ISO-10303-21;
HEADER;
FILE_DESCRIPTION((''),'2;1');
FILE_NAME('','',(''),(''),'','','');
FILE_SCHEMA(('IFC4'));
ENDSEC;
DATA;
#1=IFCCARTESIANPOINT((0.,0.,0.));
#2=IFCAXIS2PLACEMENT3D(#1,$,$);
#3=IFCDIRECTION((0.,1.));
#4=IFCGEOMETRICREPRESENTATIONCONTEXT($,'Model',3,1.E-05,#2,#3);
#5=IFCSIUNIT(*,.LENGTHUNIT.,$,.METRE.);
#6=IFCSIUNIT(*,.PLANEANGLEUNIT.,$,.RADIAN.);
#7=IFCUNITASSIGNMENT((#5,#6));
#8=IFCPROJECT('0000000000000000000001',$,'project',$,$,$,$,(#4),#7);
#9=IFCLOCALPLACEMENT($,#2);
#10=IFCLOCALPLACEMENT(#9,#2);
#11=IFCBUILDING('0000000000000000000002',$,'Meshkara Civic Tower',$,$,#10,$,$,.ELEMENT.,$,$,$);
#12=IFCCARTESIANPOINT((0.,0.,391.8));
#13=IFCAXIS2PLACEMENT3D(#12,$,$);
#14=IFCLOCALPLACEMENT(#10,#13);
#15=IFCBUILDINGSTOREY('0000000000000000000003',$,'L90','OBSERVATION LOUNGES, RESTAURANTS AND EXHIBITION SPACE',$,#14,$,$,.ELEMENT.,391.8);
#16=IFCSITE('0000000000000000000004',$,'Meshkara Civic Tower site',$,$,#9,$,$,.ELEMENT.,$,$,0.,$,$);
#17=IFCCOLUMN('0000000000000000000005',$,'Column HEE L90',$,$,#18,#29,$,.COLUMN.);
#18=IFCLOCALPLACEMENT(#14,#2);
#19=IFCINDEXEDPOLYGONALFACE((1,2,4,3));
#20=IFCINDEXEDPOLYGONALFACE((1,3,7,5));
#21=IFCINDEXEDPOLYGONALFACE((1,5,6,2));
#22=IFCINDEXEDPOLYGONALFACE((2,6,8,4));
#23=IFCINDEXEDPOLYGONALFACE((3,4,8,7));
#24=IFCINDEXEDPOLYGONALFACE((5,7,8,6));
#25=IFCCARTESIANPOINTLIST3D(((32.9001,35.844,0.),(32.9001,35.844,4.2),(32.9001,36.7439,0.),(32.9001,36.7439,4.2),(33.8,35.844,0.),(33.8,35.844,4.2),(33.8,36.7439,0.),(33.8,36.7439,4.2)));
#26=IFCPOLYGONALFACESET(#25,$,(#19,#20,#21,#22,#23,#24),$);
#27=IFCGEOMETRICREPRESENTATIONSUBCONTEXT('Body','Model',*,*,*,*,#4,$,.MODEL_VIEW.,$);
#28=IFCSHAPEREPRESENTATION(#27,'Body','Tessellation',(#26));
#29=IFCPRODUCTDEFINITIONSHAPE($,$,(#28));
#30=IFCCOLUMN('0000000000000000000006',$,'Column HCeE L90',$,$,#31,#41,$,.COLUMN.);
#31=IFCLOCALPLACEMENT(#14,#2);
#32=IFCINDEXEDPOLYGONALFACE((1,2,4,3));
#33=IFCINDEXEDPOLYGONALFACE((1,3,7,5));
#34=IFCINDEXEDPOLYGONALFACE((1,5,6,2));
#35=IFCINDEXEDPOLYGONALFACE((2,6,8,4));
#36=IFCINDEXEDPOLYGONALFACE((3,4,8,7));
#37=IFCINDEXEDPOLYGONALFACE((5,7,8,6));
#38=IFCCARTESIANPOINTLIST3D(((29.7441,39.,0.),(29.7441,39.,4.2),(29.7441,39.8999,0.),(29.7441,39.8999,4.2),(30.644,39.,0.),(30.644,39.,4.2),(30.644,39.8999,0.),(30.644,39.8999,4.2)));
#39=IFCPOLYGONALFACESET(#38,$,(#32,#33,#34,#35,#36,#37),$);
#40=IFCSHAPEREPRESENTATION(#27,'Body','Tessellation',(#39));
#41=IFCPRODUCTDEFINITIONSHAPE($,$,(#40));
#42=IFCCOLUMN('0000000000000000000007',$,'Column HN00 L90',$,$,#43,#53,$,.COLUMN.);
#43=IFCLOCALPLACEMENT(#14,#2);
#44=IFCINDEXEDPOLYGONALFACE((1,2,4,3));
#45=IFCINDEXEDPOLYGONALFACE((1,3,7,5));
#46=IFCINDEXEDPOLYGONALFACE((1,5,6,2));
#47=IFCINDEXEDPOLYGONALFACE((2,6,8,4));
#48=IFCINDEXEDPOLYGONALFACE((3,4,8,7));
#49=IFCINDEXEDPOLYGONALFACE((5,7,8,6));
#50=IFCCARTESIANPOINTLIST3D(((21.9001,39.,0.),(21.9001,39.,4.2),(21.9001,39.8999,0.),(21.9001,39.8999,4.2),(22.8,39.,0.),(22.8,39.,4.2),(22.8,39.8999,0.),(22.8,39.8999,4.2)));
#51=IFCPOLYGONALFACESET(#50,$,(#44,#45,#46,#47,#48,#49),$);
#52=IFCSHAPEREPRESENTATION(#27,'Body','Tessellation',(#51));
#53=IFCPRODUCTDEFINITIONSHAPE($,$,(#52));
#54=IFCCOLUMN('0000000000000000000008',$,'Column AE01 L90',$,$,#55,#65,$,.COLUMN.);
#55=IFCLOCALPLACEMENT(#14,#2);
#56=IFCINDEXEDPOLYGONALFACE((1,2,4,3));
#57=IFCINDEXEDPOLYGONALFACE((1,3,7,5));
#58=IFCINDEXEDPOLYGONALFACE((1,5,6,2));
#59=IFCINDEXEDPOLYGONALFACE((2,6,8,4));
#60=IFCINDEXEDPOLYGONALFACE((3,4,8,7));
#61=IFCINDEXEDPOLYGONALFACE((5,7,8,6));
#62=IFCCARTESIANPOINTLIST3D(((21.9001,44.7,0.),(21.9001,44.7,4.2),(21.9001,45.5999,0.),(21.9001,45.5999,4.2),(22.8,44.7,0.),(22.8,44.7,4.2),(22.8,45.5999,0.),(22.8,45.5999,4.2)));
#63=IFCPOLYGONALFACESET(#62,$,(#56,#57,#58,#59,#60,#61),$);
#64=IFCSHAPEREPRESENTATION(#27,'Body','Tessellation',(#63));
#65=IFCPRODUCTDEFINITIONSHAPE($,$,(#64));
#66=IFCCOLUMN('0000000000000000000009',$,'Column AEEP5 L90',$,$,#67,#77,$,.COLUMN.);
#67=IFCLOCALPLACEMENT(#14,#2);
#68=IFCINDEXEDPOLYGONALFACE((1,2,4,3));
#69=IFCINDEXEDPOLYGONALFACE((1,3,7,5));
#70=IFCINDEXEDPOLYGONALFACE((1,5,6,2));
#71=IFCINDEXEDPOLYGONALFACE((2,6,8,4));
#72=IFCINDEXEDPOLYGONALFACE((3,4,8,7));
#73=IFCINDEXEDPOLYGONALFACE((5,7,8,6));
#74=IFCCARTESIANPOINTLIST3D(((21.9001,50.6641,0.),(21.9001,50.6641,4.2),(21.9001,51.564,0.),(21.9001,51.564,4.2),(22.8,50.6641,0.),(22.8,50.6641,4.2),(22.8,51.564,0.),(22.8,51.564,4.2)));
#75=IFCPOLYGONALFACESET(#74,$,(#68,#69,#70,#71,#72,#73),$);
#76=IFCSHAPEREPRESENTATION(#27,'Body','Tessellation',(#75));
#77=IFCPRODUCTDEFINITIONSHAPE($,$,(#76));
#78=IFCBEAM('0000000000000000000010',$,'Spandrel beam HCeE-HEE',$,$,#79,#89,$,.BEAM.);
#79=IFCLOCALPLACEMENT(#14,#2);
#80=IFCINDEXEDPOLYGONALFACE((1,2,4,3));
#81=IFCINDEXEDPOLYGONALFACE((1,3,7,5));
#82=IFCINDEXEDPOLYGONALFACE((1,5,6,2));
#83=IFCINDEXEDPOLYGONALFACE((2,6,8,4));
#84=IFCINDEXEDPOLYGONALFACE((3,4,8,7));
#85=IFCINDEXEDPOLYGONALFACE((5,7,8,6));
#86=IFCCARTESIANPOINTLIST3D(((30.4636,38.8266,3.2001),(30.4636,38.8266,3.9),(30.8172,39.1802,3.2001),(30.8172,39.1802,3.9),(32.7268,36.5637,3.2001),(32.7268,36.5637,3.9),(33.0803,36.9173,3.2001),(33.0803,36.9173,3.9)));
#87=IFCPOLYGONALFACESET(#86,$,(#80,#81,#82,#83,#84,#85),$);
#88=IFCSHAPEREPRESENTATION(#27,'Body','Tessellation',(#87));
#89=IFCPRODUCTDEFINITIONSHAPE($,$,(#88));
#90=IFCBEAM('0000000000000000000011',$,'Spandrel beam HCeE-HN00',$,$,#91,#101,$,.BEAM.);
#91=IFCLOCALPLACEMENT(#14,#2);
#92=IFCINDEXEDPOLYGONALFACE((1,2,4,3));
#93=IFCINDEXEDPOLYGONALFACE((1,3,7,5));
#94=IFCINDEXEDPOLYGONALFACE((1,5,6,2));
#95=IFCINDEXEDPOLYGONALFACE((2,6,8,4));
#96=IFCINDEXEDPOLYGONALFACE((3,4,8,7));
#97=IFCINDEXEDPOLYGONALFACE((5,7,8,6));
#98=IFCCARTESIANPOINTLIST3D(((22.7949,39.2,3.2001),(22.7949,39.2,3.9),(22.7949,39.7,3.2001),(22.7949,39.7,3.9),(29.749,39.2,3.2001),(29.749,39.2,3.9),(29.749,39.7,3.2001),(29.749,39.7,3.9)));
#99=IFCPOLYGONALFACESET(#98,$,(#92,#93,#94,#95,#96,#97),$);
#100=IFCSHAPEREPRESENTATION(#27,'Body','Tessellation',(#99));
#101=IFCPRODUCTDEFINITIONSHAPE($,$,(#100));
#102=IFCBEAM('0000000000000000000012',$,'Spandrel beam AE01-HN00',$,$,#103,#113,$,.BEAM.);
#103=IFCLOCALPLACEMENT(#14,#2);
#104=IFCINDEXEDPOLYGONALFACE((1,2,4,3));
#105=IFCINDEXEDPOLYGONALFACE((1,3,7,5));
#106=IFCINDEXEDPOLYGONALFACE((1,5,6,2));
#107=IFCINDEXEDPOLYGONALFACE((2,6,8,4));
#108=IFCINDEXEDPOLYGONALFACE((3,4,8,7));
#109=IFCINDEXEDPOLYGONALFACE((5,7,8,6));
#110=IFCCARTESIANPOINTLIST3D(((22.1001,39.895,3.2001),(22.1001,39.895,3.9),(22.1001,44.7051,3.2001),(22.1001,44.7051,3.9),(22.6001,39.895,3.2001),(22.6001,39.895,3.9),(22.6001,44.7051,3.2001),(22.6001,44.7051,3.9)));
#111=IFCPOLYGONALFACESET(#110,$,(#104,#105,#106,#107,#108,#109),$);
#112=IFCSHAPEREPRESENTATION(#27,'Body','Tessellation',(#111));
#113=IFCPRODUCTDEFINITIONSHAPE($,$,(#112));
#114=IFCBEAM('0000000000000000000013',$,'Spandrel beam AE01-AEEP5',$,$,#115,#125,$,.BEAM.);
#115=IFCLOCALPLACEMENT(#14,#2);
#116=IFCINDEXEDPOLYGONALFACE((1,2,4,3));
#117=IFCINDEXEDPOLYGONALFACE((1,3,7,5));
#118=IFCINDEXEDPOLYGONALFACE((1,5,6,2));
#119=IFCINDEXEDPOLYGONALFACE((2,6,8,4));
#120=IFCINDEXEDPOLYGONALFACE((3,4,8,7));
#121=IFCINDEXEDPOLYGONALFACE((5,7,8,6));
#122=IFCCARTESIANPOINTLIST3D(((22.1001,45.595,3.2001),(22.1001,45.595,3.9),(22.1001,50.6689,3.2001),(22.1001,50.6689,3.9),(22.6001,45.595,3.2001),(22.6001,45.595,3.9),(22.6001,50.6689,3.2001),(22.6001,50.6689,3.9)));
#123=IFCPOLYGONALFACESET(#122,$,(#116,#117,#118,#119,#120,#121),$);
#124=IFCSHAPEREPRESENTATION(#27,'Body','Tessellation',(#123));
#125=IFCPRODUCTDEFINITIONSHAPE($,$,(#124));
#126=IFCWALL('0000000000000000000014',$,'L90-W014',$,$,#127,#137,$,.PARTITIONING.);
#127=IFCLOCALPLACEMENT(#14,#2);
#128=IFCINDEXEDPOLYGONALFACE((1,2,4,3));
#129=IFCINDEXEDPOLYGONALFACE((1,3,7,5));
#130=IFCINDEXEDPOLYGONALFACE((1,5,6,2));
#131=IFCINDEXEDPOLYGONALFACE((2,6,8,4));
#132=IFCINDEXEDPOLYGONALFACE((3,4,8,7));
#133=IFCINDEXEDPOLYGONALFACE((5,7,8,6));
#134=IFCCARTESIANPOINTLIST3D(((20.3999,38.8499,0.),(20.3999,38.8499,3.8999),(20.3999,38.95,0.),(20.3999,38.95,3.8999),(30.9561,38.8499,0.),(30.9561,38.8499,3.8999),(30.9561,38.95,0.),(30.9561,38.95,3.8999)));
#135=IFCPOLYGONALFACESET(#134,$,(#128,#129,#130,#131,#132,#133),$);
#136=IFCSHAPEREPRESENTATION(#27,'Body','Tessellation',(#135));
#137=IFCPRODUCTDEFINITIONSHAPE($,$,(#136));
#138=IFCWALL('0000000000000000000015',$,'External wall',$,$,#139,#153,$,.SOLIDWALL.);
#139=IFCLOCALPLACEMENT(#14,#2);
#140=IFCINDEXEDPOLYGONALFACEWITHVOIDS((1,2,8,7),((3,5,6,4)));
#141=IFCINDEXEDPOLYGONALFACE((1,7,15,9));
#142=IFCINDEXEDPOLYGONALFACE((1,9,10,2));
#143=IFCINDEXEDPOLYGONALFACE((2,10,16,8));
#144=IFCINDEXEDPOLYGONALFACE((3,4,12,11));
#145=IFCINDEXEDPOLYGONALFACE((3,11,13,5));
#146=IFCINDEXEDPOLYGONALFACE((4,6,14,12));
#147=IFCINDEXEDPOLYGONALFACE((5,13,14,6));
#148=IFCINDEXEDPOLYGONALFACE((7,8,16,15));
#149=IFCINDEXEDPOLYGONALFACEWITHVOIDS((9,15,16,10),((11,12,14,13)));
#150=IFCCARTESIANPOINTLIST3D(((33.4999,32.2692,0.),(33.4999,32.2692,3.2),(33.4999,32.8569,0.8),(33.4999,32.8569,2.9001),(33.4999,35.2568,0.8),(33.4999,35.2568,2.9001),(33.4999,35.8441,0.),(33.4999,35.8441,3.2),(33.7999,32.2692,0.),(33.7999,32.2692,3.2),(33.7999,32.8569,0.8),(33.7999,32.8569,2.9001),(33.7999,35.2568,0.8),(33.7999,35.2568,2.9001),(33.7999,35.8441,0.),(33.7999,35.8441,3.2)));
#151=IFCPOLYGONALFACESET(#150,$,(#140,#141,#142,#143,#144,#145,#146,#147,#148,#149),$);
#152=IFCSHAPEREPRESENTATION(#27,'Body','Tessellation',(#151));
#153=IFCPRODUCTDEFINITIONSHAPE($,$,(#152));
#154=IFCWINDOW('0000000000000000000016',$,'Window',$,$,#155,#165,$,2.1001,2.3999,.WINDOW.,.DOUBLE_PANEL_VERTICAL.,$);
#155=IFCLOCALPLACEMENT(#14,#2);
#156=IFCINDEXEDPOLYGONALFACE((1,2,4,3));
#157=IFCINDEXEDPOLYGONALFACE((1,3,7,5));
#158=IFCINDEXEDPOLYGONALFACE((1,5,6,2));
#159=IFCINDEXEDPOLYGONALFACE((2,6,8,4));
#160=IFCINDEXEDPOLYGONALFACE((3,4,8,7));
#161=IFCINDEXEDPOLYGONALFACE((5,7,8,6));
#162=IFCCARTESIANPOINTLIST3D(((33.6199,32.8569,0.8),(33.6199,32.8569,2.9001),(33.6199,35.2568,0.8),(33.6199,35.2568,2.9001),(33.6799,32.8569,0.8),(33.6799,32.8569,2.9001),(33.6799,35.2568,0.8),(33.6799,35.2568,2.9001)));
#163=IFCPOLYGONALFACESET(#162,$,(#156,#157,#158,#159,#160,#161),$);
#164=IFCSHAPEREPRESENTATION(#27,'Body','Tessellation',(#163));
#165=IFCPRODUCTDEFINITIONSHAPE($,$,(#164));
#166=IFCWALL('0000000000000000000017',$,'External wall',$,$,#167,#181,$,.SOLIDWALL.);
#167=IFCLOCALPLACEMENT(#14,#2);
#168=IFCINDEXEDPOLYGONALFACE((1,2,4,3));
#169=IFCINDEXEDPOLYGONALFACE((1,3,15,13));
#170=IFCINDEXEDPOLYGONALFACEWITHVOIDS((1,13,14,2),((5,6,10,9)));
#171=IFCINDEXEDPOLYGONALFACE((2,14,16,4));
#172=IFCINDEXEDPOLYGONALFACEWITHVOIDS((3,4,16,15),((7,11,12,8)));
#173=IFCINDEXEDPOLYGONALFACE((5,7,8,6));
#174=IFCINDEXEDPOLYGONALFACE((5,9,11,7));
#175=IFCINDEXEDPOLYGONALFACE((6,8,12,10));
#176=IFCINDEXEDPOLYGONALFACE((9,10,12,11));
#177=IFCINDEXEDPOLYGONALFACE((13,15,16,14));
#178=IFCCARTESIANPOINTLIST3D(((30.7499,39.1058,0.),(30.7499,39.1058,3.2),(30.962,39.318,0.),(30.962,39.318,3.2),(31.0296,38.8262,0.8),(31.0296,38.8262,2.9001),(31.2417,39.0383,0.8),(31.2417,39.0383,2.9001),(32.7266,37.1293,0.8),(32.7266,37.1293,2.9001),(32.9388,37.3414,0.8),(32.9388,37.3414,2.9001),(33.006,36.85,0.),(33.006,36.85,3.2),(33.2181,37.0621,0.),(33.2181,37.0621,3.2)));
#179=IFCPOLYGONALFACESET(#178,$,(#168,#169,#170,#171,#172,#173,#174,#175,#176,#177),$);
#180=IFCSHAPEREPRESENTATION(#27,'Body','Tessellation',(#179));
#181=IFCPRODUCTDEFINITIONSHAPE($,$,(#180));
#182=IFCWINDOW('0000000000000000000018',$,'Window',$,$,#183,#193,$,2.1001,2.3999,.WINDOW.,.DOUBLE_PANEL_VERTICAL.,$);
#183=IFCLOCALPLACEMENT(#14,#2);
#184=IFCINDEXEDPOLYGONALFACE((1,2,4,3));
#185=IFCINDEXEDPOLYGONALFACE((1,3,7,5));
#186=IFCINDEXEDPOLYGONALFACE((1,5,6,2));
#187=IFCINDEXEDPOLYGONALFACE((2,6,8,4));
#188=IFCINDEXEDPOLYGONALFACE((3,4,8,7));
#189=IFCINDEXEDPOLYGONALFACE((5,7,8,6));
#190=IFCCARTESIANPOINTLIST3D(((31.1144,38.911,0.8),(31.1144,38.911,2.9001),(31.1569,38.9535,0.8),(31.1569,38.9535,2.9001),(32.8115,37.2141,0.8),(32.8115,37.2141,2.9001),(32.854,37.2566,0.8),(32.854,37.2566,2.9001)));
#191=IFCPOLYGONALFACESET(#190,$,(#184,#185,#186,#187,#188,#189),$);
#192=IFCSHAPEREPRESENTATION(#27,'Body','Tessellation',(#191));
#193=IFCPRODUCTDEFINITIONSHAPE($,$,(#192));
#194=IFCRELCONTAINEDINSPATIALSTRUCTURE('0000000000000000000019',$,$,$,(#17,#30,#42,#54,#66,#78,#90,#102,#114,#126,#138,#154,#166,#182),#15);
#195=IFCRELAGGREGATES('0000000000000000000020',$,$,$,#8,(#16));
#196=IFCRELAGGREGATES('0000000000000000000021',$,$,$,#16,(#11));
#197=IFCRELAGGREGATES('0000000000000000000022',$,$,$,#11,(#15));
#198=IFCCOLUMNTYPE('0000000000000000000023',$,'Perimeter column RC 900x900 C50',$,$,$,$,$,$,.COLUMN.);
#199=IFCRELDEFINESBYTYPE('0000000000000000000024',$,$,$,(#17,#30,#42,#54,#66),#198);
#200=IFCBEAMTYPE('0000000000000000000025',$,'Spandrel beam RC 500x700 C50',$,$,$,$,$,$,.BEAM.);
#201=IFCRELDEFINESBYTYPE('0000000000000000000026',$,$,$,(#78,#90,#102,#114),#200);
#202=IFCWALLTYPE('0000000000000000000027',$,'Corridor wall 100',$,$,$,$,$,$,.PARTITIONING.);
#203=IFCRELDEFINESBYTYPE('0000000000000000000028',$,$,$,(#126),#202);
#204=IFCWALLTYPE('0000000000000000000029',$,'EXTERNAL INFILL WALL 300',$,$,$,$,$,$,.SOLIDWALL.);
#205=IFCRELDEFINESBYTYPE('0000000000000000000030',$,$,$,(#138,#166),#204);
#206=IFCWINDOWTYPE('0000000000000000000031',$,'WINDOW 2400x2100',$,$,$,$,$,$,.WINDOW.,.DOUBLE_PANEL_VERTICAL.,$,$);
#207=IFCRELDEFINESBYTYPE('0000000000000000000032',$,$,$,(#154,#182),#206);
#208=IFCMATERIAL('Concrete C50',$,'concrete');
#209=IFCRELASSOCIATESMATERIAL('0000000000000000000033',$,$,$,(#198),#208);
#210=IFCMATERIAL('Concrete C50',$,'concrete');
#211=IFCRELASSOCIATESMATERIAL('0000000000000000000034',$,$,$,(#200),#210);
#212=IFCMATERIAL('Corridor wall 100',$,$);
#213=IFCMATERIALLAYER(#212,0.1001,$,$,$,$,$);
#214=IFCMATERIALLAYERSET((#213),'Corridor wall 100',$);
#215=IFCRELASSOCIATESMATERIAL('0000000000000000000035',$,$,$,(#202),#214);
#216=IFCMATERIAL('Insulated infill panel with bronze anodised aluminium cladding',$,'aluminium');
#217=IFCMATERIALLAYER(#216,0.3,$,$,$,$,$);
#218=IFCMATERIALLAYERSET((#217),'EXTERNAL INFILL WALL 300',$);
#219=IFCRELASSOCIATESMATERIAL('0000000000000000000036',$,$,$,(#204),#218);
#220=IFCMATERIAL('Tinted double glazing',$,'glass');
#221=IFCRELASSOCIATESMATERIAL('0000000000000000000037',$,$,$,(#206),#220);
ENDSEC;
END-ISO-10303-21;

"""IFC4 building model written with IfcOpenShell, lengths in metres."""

from ifc_helpers import new_model, si_unit, direction, frame, frame_2d, origin, origin_2d, place, context, subcontext, project, spatial, rectangle, extrude, material, layer, layer_set, material_profile, profile_set, type_object, element, fill, save


model = new_model("IFC4")

# Units and contexts
model_context = context("Model", 3, precision=1e-05, world=origin(), true_north=direction((0.0, 1.0)))
body_context = subcontext(model_context, "Body", "Model", "MODEL_VIEW")
ifc_project = project(units=[si_unit("LENGTHUNIT", "METRE"), si_unit("PLANEANGLEUNIT", "RADIAN")], contexts=[model_context])

# Site, building, storey
site_placement = place(None, origin())
site = spatial("IfcSite", under=ifc_project, at=site_placement, Name="Meshkara Civic Tower site", CompositionType="ELEMENT", RefElevation=0.0)
building_placement = place(site_placement, origin())
building = spatial("IfcBuilding", under=site, at=building_placement, Name="Meshkara Civic Tower", CompositionType="ELEMENT")
storey_placement = place(building_placement, frame((0.0, 0.0, 391.8)))
storey = spatial("IfcBuildingStorey", under=building, at=storey_placement, Name="L90", Description="OBSERVATION LOUNGES, RESTAURANTS AND EXHIBITION SPACE", CompositionType="ELEMENT", Elevation=391.8)

# Columns
ifc_material_1 = material(Name="Concrete C50", Category="concrete")
ifc_material_profile_1 = material_profile(ifc_material_1, rectangle(XDim=0.8999, YDim=0.8999, at=origin_2d()))
ifc_profile_set_1 = profile_set([ifc_material_profile_1], Name="Concrete C50")
column_type = type_object("IfcColumnType", Name="Perimeter column RC 900x900 C50", PredefinedType="COLUMN", material=ifc_profile_set_1)
for number, where, z_axis, x_axis, name in (
    (1, (33.3501, 36.2939, 0.0), (0.0, 0.0, 1.0), (1.0, 0.0, 0.0), "Column HEE L90"),
    (2, (30.1941, 39.45, 0.0), (0.0, 0.0, 1.0), (1.0, 0.0, 0.0), "Column HCeE L90"),
    (3, (22.3501, 39.45, 0.0), (0.0, 0.0, 1.0), (1.0, 0.0, 0.0), "Column HN00 L90"),
    (4, (22.3501, 45.1499, 0.0), (0.0, 0.0, 1.0), (1.0, 0.0, 0.0), "Column AE01 L90"),
    (5, (22.3501, 51.114, 0.0), (0.0, 0.0, 1.0), (1.0, 0.0, 0.0), "Column AEEP5 L90"),
):
    element("IfcColumn", number, at=place(storey_placement, frame(where, z_axis=z_axis, x_axis=x_axis)), inside=storey, type_object=column_type, Name=name, PredefinedType="COLUMN", context=body_context, shape_type="SweptSolid", body=[
        extrude(rectangle(XDim=0.8999, YDim=0.8999, at=origin_2d()), origin(), (0.0, 0.0, 1.0), 4.2),
    ])

# Beams
ifc_material_2 = material(Name="Concrete C50", Category="concrete")
ifc_material_profile_2 = material_profile(ifc_material_2, rectangle(XDim=0.5, YDim=0.7, at=origin_2d()))
ifc_profile_set_2 = profile_set([ifc_material_profile_2], Name="Concrete C50")
beam_type = type_object("IfcBeamType", Name="Spandrel beam RC 500x700 C50", PredefinedType="BEAM", material=ifc_profile_set_2)
beam_1_placement = place(storey_placement, frame((32.9036, 36.7405, 3.55), z_axis=(-0.707145, 0.707069, 0.0), x_axis=(-0.707069, -0.707145, 0.0)))
element("IfcBeam", 6, at=beam_1_placement, inside=storey, type_object=beam_type, Name="Spandrel beam HCeE-HEE", PredefinedType="BEAM", context=body_context, shape_type="SweptSolid", body=[
    extrude(rectangle(XDim=0.5, YDim=0.7, at=origin_2d()), origin(), (0.0, 0.0, 1.0), 3.2004),
])
beam_2_placement = place(storey_placement, frame((29.749, 39.45, 3.55), z_axis=(-1.0, 0.0, 0.0), x_axis=(0.0, -1.0, 0.0)))
element("IfcBeam", 7, at=beam_2_placement, inside=storey, type_object=beam_type, Name="Spandrel beam HCeE-HN00", PredefinedType="BEAM", context=body_context, shape_type="SweptSolid", body=[
    extrude(rectangle(XDim=0.5, YDim=0.7, at=origin_2d()), origin(), (0.0, 0.0, 1.0), 6.9541),
])
beam_3_placement = place(storey_placement, frame((22.3501, 39.895, 3.55), z_axis=(0.0, 1.0, 0.0), x_axis=(-1.0, 0.0, 0.0)))
element("IfcBeam", 8, at=beam_3_placement, inside=storey, type_object=beam_type, Name="Spandrel beam AE01-HN00", PredefinedType="BEAM", context=body_context, shape_type="SweptSolid", body=[
    extrude(rectangle(XDim=0.5, YDim=0.7, at=origin_2d()), origin(), (0.0, 0.0, 1.0), 4.8101),
])
beam_4_placement = place(storey_placement, frame((22.3501, 45.595, 3.55), z_axis=(0.0, 1.0, 0.0), x_axis=(-1.0, 0.0, 0.0)))
element("IfcBeam", 9, at=beam_4_placement, inside=storey, type_object=beam_type, Name="Spandrel beam AE01-AEEP5", PredefinedType="BEAM", context=body_context, shape_type="SweptSolid", body=[
    extrude(rectangle(XDim=0.5, YDim=0.7, at=origin_2d()), origin(), (0.0, 0.0, 1.0), 5.074),
])

# Wall
ifc_material_3 = material(Name="Corridor wall 100")
ifc_layer_1 = layer(ifc_material_3, 0.1001)
ifc_layer_set_1 = layer_set([ifc_layer_1], Name="Corridor wall 100")
wall_type_1 = type_object("IfcWallType", Name="Corridor wall 100", PredefinedType="PARTITIONING", material=ifc_layer_set_1)
wall_1_placement = place(storey_placement, frame((30.9561, 38.8999, 0.0), z_axis=(0.0, 0.0, 1.0), x_axis=(-1.0, 0.0, 0.0)))
element("IfcWall", 10, at=wall_1_placement, inside=storey, type_object=wall_type_1, Name="L90-W014", PredefinedType="PARTITIONING", context=body_context, shape_type="SweptSolid", body=[
    extrude(rectangle(XDim=10.5562, YDim=0.1001, at=frame_2d((5.2781, 0.0))), origin(), (0.0, 0.0, 1.0), 3.8999),
])

# Walls, openings, windows
ifc_material_4 = material(Name="Insulated infill panel with bronze anodised aluminium cladding", Category="aluminium")
ifc_layer_2 = layer(ifc_material_4, 0.3)
ifc_layer_set_2 = layer_set([ifc_layer_2], Name="EXTERNAL INFILL WALL 300")
wall_type_2 = type_object("IfcWallType", Name="EXTERNAL INFILL WALL 300", PredefinedType="SOLIDWALL", material=ifc_layer_set_2)
wall_2_placement = place(storey_placement, frame((33.6499, 32.269, 0.0), z_axis=(0.0, 0.0, 1.0), x_axis=(0.0, 1.0, 0.0)))
wall_2 = element("IfcWall", 11, at=wall_2_placement, inside=storey, type_object=wall_type_2, Name="External wall", PredefinedType="SOLIDWALL", context=body_context, shape_type="SweptSolid", body=[
    extrude(rectangle(XDim=3.575, YDim=0.3, at=frame_2d((1.7876, 0.0))), origin(), (0.0, 0.0, 1.0), 3.2),
])
opening_1_placement = place(wall_2_placement, frame((0.5879, 0.0, 0.8)))
opening_1 = element("IfcOpeningElement", 12, at=opening_1_placement, cuts=wall_2, PredefinedType="OPENING", context=body_context, shape_type="SweptSolid", body=[
    extrude(rectangle(XDim=2.3999, YDim=2.1001, at=frame_2d((1.2, 1.05))), frame((0.0, 0.1599, 0.0), z_axis=(0.0, -1.0, 0.0), x_axis=(1.0, 0.0, 0.0)), (0.0, 0.0, 1.0), 0.3201),
])
ifc_material_5 = material(Name="Tinted double glazing", Category="glass")
window_type = type_object("IfcWindowType", Name="WINDOW 2400x2100", PartitioningType="DOUBLE_PANEL_VERTICAL", PredefinedType="WINDOW", material=ifc_material_5)
window_1_placement = place(opening_1_placement, origin())
window_1 = element("IfcWindow", 13, at=window_1_placement, inside=storey, type_object=window_type, Name="Window", OverallHeight=2.1001, OverallWidth=2.3999, PartitioningType="DOUBLE_PANEL_VERTICAL", PredefinedType="WINDOW", context=body_context, shape_type="SweptSolid", body=[
    extrude(rectangle(XDim=2.3999, YDim=2.1001, at=frame_2d((1.2, 1.05))), frame((0.0, 0.03, 0.0), z_axis=(0.0, -1.0, 0.0), x_axis=(1.0, 0.0, 0.0)), (0.0, 0.0, 1.0), 0.0601),
])
fill(opening_1, window_1)
wall_3_placement = place(storey_placement, frame((33.1121, 36.9561, 0.0), z_axis=(0.0, 0.0, 1.0), x_axis=(-0.707145, 0.707069, 0.0)))
wall_3 = element("IfcWall", 14, at=wall_3_placement, inside=storey, type_object=wall_type_2, Name="External wall", PredefinedType="SOLIDWALL", context=body_context, shape_type="SweptSolid", body=[
    extrude(rectangle(XDim=3.1904, YDim=0.3, at=frame_2d((1.5952, 0.0))), origin(), (0.0, 0.0, 1.0), 3.2),
])
opening_2_placement = place(wall_3_placement, frame((0.395, 0.0, 0.8)))
opening_2 = element("IfcOpeningElement", 15, at=opening_2_placement, cuts=wall_3, PredefinedType="OPENING", context=body_context, shape_type="SweptSolid", body=[
    extrude(rectangle(XDim=2.3999, YDim=2.1001, at=frame_2d((1.2, 1.05))), frame((0.0, 0.1599, 0.0), z_axis=(0.0, -1.0, 0.0), x_axis=(1.0, 0.0, 0.0)), (0.0, 0.0, 1.0), 0.3201),
])
window_2_placement = place(opening_2_placement, origin())
window_2 = element("IfcWindow", 16, at=window_2_placement, inside=storey, type_object=window_type, Name="Window", OverallHeight=2.1001, OverallWidth=2.3999, PartitioningType="DOUBLE_PANEL_VERTICAL", PredefinedType="WINDOW", context=body_context, shape_type="SweptSolid", body=[
    extrude(rectangle(XDim=2.3999, YDim=2.1001, at=frame_2d((1.2, 1.05))), frame((0.0, 0.03, 0.0), z_axis=(0.0, -1.0, 0.0), x_axis=(1.0, 0.0, 0.0)), (0.0, 0.0, 1.0), 0.0601),
])
fill(opening_2, window_2)

save(model, "model.ifc")
